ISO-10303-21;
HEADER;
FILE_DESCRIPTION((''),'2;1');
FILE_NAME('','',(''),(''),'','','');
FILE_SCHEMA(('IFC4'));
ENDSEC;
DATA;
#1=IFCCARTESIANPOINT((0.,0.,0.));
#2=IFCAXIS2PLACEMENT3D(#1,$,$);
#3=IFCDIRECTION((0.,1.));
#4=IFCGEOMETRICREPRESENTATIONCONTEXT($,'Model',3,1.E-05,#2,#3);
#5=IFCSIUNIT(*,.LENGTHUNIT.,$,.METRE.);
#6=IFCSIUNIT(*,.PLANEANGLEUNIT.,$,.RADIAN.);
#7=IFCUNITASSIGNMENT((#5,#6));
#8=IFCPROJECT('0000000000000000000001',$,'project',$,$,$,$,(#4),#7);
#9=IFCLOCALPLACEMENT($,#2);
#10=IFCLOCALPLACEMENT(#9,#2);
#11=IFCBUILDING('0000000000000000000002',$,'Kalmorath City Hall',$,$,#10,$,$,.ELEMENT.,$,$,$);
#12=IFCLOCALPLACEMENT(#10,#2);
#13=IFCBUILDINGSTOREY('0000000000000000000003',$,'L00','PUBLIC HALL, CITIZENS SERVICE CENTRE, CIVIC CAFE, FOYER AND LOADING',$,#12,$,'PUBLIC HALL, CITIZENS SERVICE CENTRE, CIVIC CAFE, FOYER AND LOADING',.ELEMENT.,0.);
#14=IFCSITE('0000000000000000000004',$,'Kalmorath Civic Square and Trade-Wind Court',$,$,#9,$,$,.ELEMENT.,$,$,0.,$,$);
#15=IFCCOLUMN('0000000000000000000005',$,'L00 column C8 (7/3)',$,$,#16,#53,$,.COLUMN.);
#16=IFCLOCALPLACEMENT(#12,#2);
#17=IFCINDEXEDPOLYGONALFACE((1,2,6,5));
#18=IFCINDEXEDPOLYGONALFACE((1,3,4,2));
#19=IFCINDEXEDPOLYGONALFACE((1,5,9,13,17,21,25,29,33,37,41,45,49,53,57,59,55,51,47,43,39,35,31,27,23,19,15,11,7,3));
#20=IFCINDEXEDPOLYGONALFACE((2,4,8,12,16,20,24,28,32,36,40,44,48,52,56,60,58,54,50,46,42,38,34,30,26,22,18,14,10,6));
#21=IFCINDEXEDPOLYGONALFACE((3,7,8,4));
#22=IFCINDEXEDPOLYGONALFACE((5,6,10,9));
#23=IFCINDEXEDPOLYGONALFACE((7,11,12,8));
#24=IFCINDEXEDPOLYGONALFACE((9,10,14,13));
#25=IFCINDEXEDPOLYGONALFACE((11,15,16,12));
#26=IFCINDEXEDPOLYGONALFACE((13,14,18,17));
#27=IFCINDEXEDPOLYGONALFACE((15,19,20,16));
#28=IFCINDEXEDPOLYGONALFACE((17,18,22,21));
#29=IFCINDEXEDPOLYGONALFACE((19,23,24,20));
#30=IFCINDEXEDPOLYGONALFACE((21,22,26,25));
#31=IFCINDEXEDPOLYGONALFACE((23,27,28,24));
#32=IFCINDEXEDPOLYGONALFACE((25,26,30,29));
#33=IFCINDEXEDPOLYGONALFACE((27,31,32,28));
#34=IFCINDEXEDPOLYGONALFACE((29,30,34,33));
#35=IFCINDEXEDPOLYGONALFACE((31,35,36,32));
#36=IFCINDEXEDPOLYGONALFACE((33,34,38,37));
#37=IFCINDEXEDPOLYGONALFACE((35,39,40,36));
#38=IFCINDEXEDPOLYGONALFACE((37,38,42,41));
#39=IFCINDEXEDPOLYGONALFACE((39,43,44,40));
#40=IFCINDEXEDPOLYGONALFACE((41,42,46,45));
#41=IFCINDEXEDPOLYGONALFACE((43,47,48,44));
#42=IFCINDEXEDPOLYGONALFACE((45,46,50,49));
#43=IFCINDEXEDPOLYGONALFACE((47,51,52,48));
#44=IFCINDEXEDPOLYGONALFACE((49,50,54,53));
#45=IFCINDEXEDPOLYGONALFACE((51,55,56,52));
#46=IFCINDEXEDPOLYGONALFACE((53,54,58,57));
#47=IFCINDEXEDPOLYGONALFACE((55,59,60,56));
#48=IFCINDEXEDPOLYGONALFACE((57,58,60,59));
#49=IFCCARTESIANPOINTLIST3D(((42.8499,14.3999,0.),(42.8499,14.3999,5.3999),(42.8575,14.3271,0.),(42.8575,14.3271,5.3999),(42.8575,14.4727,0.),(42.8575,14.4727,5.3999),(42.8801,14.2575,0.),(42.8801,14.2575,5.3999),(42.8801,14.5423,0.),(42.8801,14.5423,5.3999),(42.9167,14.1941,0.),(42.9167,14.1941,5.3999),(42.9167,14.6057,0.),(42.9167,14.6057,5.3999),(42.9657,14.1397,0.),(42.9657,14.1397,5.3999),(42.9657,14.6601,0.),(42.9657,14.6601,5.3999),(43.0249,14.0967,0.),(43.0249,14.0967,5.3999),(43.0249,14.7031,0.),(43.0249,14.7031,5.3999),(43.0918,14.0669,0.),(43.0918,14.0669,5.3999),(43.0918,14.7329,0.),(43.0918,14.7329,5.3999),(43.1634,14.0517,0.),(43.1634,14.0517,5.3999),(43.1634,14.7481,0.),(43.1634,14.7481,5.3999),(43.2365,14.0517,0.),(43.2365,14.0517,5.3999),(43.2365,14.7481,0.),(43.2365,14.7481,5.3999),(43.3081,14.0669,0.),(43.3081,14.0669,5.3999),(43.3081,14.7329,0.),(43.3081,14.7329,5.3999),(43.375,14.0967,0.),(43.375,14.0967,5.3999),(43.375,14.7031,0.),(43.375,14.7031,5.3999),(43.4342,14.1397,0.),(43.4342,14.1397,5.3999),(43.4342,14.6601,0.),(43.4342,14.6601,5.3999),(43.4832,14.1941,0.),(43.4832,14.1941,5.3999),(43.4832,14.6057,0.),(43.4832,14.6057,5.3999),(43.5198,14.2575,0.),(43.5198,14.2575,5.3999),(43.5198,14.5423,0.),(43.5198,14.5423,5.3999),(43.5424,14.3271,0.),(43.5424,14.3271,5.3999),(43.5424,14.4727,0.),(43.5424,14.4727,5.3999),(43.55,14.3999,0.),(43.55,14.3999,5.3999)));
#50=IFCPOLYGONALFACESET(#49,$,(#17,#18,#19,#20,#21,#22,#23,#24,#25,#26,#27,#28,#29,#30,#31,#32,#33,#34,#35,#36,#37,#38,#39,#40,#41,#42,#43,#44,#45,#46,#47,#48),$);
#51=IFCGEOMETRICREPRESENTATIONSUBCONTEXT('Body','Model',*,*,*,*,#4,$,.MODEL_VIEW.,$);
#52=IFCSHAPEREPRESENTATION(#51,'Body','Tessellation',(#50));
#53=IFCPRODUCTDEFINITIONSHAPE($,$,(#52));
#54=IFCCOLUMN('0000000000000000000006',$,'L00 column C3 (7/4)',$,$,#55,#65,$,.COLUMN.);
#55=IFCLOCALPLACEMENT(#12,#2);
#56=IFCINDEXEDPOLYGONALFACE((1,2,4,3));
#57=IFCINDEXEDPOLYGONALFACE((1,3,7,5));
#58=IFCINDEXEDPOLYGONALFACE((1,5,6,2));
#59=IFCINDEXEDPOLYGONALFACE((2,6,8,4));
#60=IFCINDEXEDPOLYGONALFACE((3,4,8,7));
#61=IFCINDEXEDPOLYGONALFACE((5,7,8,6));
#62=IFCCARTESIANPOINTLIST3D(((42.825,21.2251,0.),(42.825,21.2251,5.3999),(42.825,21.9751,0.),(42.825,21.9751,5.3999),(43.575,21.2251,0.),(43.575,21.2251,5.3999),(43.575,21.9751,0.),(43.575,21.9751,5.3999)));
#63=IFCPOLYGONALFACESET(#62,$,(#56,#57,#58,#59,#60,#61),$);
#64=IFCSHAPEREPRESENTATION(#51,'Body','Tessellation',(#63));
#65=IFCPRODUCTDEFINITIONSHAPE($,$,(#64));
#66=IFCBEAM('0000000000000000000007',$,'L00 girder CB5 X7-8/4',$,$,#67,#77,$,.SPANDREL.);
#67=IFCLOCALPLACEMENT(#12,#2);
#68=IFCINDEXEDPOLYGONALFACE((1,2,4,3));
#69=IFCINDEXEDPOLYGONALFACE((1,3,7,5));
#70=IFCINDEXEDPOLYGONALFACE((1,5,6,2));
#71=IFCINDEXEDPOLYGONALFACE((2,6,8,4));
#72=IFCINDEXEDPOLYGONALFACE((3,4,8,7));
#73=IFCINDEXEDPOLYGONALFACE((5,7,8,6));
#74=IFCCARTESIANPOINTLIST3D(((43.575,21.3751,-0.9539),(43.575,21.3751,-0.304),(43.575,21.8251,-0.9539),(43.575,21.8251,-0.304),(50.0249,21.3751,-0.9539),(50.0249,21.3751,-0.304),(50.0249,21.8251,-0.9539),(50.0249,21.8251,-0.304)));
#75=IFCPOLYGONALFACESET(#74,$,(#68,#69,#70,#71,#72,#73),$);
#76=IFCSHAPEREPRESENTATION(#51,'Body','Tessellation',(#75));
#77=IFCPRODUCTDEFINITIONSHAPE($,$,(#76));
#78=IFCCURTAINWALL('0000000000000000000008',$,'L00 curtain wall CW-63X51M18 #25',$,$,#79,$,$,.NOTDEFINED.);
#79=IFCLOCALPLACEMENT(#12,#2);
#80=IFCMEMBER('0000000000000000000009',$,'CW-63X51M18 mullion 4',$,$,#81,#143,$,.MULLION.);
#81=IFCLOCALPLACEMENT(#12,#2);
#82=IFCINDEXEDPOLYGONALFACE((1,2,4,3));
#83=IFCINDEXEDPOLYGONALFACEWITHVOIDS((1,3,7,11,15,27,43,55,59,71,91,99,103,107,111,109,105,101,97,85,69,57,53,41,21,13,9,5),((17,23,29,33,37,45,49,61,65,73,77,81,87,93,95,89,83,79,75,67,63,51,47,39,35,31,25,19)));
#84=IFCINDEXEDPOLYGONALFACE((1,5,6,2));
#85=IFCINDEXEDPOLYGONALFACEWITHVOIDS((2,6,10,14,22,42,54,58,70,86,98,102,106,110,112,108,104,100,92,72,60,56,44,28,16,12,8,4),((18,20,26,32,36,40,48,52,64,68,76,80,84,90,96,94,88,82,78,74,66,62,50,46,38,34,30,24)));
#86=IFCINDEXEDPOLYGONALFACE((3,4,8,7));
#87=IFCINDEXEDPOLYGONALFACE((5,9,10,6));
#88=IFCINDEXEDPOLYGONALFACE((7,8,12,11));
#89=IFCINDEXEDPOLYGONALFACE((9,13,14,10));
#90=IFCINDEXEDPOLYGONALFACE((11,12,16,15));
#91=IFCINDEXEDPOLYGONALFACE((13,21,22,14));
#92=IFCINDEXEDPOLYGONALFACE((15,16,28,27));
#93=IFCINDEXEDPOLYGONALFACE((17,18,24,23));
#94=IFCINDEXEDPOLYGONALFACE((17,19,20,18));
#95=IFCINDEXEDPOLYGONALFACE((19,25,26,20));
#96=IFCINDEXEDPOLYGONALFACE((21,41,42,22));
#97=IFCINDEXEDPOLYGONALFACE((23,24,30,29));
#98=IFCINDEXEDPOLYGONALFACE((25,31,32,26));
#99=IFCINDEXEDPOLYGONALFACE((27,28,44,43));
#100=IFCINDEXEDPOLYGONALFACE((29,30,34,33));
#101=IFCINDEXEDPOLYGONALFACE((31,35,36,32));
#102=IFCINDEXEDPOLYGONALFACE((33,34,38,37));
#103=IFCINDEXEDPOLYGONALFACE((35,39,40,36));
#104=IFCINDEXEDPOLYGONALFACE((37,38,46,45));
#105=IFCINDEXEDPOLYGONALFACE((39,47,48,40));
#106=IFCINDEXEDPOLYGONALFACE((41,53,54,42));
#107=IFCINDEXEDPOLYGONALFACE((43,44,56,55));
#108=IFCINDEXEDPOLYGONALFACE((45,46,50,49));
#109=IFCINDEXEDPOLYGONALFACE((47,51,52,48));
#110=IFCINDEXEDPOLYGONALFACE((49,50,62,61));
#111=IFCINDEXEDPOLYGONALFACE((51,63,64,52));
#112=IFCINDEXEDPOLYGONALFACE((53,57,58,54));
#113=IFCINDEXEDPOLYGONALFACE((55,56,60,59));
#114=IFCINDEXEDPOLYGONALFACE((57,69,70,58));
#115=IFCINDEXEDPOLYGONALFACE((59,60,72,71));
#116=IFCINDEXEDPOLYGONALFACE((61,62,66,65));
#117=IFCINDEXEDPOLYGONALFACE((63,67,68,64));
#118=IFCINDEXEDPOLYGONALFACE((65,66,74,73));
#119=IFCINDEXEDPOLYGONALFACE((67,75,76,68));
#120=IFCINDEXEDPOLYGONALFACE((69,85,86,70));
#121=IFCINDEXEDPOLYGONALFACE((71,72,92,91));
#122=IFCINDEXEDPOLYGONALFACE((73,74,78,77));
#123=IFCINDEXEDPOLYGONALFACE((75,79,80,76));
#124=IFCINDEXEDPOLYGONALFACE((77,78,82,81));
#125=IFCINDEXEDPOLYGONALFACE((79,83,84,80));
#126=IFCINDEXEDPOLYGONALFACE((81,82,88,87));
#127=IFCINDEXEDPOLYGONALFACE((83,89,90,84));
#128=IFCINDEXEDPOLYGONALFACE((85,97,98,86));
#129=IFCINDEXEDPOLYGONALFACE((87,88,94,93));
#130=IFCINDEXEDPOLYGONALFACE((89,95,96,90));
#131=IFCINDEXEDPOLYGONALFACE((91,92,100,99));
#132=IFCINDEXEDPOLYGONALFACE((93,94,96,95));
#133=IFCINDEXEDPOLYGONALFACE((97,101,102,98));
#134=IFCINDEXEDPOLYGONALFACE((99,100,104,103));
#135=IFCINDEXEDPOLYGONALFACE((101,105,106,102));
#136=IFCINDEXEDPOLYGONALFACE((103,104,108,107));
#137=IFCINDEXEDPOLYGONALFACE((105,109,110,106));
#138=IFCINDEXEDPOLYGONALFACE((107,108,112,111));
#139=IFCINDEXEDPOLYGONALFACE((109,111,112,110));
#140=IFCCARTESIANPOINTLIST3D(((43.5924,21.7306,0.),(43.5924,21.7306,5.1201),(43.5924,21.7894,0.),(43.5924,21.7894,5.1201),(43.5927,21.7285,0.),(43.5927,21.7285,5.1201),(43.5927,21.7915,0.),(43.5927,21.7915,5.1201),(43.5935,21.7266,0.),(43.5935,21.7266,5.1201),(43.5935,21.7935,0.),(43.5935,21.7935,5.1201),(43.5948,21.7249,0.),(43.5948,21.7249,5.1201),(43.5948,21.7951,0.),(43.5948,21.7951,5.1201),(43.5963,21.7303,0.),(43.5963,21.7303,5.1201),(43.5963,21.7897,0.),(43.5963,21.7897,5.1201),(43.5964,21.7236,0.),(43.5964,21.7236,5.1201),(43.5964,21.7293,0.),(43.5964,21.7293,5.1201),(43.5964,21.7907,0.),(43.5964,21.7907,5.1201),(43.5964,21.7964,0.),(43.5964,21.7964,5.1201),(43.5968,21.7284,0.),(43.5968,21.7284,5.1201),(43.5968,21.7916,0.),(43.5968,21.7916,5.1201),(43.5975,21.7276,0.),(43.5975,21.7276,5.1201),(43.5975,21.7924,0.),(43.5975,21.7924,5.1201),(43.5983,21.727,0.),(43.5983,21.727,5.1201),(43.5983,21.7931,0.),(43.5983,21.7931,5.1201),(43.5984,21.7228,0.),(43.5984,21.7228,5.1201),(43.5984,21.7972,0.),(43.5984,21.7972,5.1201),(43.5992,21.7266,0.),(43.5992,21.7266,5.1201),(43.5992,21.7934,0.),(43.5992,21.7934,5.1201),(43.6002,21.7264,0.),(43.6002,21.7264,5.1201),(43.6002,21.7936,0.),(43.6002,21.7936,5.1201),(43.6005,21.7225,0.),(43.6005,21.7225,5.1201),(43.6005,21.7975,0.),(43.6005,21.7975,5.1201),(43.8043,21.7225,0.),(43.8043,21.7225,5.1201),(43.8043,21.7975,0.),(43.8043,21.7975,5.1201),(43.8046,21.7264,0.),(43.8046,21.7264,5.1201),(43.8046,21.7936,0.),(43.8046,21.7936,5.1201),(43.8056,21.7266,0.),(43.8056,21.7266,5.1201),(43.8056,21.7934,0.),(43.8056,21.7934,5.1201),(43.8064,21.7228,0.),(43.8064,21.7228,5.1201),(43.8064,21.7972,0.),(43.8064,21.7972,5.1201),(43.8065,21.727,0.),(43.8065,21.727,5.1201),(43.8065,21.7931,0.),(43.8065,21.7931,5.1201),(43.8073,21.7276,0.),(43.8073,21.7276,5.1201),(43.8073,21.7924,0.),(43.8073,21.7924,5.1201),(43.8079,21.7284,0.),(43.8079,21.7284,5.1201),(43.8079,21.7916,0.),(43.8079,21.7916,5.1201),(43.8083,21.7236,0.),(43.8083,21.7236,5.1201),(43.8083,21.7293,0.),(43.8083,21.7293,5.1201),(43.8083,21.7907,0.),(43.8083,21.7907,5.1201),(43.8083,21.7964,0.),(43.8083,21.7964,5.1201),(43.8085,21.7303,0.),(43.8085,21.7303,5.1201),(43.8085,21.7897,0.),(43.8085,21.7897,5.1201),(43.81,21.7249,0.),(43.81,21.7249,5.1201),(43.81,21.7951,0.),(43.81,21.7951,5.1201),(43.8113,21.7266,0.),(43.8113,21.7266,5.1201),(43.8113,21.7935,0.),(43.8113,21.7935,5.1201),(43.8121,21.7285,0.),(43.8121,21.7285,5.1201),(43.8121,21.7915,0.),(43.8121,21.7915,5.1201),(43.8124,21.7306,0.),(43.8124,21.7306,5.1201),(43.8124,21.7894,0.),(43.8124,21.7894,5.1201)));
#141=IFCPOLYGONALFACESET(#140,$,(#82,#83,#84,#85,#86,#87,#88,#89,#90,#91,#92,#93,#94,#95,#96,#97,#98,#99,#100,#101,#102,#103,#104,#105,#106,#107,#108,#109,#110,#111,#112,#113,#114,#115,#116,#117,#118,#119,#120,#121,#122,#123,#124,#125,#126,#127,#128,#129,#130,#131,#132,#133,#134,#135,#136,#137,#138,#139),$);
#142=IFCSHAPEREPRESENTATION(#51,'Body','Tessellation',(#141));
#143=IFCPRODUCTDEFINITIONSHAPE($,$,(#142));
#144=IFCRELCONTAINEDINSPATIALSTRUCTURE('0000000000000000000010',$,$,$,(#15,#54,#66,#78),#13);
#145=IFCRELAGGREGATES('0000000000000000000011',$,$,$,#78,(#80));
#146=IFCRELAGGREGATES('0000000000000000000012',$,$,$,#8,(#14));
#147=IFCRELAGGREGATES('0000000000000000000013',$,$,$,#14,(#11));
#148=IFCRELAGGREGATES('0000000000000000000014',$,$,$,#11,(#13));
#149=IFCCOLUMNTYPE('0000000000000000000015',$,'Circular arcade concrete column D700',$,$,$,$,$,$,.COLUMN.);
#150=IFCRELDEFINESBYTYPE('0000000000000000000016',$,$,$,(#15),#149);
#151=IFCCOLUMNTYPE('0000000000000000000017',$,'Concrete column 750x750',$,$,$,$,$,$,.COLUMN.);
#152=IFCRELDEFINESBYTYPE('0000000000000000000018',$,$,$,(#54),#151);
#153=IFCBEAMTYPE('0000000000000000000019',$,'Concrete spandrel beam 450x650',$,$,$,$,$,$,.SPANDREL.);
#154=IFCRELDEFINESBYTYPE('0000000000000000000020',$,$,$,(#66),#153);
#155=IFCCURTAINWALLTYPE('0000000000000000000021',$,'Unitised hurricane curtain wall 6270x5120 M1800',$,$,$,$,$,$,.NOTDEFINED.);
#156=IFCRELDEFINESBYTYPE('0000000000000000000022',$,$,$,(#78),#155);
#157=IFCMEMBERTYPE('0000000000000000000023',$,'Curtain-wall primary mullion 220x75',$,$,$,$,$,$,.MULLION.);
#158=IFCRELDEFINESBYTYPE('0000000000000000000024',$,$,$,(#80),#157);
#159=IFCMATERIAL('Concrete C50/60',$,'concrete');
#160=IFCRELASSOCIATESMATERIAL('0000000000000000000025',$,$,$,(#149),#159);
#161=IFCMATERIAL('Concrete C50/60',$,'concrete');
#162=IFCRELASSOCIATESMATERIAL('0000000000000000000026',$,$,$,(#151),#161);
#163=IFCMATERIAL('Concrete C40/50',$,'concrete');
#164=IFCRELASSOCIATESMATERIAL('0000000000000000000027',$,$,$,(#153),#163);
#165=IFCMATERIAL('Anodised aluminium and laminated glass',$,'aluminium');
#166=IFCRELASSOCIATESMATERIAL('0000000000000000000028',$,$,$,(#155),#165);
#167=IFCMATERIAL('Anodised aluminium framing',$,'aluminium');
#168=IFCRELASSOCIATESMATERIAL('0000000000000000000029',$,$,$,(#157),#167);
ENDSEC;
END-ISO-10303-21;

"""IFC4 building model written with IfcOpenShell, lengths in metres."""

from ifc_helpers import new_model, si_unit, direction, frame, origin, origin_2d, place, context, subcontext, project, spatial, rectangle, hollow_rectangle, circle, extrude, material, material_profile, profile_set, type_object, element, aggregate, save


model = new_model("IFC4")

# Units and contexts
model_context = context("Model", 3, precision=1e-05, world=origin(), true_north=direction((0.0, 1.0)))
body_context = subcontext(model_context, "Body", "Model", "MODEL_VIEW")
ifc_project = project(units=[si_unit("LENGTHUNIT", "METRE"), si_unit("PLANEANGLEUNIT", "RADIAN")], contexts=[model_context])

# Site, building, storey
site_placement = place(None, origin())
site = spatial("IfcSite", under=ifc_project, at=site_placement, Name="Kalmorath Civic Square and Trade-Wind Court", CompositionType="ELEMENT", RefElevation=0.0)
building_placement = place(site_placement, origin())
building = spatial("IfcBuilding", under=site, at=building_placement, Name="Kalmorath City Hall", CompositionType="ELEMENT")
storey_placement = place(building_placement, origin())
storey = spatial("IfcBuildingStorey", under=building, at=storey_placement, Name="L00", Description="PUBLIC HALL, CITIZENS SERVICE CENTRE, CIVIC CAFE, FOYER AND LOADING", LongName="PUBLIC HALL, CITIZENS SERVICE CENTRE, CIVIC CAFE, FOYER AND LOADING", CompositionType="ELEMENT", Elevation=0.0)

# Columns
ifc_material_1 = material(Name="Concrete C50/60", Category="concrete")
ifc_material_profile_1 = material_profile(ifc_material_1, circle(Radius=0.3501, at=origin_2d()), Name="RC-COL-D700")
ifc_profile_set_1 = profile_set([ifc_material_profile_1], Name="Concrete C50/60")
column_type_1 = type_object("IfcColumnType", Name="Circular arcade concrete column D700", PredefinedType="COLUMN", material=ifc_profile_set_1)
column_1_placement = place(storey_placement, frame((43.2, 14.3999, 0.0), z_axis=(0.0, 0.0, 1.0), x_axis=(1.0, 0.0, 0.0)))
element("IfcColumn", 1, at=column_1_placement, inside=storey, type_object=column_type_1, Name="L00 column C8 (7/3)", PredefinedType="COLUMN", context=body_context, shape_type="SweptSolid", body=[
    extrude(circle(Radius=0.3501, at=origin_2d()), origin(), (0.0, 0.0, 1.0), 5.3999),
])
ifc_material_2 = material(Name="Concrete C50/60", Category="concrete")
ifc_material_profile_2 = material_profile(ifc_material_2, rectangle(XDim=0.75, YDim=0.75, at=origin_2d()), Name="RC-COL-750X750")
ifc_profile_set_2 = profile_set([ifc_material_profile_2], Name="Concrete C50/60")
column_type_2 = type_object("IfcColumnType", Name="Concrete column 750x750", PredefinedType="COLUMN", material=ifc_profile_set_2)
column_2_placement = place(storey_placement, frame((43.2, 21.6001, 0.0), z_axis=(0.0, 0.0, 1.0), x_axis=(1.0, 0.0, 0.0)))
element("IfcColumn", 2, at=column_2_placement, inside=storey, type_object=column_type_2, Name="L00 column C3 (7/4)", PredefinedType="COLUMN", context=body_context, shape_type="SweptSolid", body=[
    extrude(rectangle(XDim=0.75, YDim=0.75, at=origin_2d()), origin(), (0.0, 0.0, 1.0), 5.3999),
])

# Beam
ifc_material_3 = material(Name="Concrete C40/50", Category="concrete")
ifc_material_profile_3 = material_profile(ifc_material_3, rectangle(XDim=0.45, YDim=0.6499, at=origin_2d()), Name="RC-BM-450X650")
ifc_profile_set_3 = profile_set([ifc_material_profile_3], Name="Concrete C40/50")
beam_type = type_object("IfcBeamType", Name="Concrete spandrel beam 450x650", PredefinedType="SPANDREL", material=ifc_profile_set_3)
beam_placement = place(storey_placement, frame((43.575, 21.6001, -0.6289), z_axis=(1.0, 0.0, 0.0), x_axis=(0.0, 1.0, 0.0)))
element("IfcBeam", 3, at=beam_placement, inside=storey, type_object=beam_type, Name="L00 girder CB5 X7-8/4", PredefinedType="SPANDREL", context=body_context, shape_type="SweptSolid", body=[
    extrude(rectangle(XDim=0.45, YDim=0.6499, at=origin_2d()), origin(), (0.0, 0.0, 1.0), 6.45),
])

# Curtain wall, member
ifc_material_4 = material(Name="Anodised aluminium and laminated glass", Category="aluminium")
curtain_wall_type_1 = type_object("IfcCurtainWallType", Name="Unitised hurricane curtain wall 6270x5120 M1800", PredefinedType="NOTDEFINED", material=ifc_material_4)
curtain_wall_1_placement = place(storey_placement, origin())
curtain_wall_1 = element("IfcCurtainWall", 4, at=curtain_wall_1_placement, inside=storey, type_object=curtain_wall_type_1, Name="L00 curtain wall CW-63X51M18 #25", PredefinedType="NOTDEFINED")
ifc_material_5 = material(Name="Anodised aluminium framing", Category="aluminium")
ifc_material_profile_4 = material_profile(ifc_material_5, hollow_rectangle(XDim=0.075, YDim=0.22, WallThickness=0.0039, InnerFilletRadius=0.0039, OuterFilletRadius=0.0081, at=origin_2d()), Name="ALU-MUL-220X75X4")
ifc_profile_set_4 = profile_set([ifc_material_profile_4], Name="Anodised aluminium framing")
member_type_1 = type_object("IfcMemberType", Name="Curtain-wall primary mullion 220x75", PredefinedType="MULLION", material=ifc_profile_set_4)
member_1_placement = place(storey_placement, frame((43.7024, 21.76, 0.0), z_axis=(0.0, 0.0, 1.0), x_axis=(0.0, -1.0, 0.0)))
member_1 = element("IfcMember", 5, at=member_1_placement, type_object=member_type_1, Name="CW-63X51M18 mullion 4", PredefinedType="MULLION", context=body_context, shape_type="SweptSolid", body=[
    extrude(hollow_rectangle(XDim=0.075, YDim=0.22, WallThickness=0.0039, InnerFilletRadius=0.0039, OuterFilletRadius=0.0081, at=origin_2d()), origin(), (0.0, 0.0, 1.0), 5.1201),
])
aggregate(curtain_wall_1, [member_1])

save(model, "model.ifc")
